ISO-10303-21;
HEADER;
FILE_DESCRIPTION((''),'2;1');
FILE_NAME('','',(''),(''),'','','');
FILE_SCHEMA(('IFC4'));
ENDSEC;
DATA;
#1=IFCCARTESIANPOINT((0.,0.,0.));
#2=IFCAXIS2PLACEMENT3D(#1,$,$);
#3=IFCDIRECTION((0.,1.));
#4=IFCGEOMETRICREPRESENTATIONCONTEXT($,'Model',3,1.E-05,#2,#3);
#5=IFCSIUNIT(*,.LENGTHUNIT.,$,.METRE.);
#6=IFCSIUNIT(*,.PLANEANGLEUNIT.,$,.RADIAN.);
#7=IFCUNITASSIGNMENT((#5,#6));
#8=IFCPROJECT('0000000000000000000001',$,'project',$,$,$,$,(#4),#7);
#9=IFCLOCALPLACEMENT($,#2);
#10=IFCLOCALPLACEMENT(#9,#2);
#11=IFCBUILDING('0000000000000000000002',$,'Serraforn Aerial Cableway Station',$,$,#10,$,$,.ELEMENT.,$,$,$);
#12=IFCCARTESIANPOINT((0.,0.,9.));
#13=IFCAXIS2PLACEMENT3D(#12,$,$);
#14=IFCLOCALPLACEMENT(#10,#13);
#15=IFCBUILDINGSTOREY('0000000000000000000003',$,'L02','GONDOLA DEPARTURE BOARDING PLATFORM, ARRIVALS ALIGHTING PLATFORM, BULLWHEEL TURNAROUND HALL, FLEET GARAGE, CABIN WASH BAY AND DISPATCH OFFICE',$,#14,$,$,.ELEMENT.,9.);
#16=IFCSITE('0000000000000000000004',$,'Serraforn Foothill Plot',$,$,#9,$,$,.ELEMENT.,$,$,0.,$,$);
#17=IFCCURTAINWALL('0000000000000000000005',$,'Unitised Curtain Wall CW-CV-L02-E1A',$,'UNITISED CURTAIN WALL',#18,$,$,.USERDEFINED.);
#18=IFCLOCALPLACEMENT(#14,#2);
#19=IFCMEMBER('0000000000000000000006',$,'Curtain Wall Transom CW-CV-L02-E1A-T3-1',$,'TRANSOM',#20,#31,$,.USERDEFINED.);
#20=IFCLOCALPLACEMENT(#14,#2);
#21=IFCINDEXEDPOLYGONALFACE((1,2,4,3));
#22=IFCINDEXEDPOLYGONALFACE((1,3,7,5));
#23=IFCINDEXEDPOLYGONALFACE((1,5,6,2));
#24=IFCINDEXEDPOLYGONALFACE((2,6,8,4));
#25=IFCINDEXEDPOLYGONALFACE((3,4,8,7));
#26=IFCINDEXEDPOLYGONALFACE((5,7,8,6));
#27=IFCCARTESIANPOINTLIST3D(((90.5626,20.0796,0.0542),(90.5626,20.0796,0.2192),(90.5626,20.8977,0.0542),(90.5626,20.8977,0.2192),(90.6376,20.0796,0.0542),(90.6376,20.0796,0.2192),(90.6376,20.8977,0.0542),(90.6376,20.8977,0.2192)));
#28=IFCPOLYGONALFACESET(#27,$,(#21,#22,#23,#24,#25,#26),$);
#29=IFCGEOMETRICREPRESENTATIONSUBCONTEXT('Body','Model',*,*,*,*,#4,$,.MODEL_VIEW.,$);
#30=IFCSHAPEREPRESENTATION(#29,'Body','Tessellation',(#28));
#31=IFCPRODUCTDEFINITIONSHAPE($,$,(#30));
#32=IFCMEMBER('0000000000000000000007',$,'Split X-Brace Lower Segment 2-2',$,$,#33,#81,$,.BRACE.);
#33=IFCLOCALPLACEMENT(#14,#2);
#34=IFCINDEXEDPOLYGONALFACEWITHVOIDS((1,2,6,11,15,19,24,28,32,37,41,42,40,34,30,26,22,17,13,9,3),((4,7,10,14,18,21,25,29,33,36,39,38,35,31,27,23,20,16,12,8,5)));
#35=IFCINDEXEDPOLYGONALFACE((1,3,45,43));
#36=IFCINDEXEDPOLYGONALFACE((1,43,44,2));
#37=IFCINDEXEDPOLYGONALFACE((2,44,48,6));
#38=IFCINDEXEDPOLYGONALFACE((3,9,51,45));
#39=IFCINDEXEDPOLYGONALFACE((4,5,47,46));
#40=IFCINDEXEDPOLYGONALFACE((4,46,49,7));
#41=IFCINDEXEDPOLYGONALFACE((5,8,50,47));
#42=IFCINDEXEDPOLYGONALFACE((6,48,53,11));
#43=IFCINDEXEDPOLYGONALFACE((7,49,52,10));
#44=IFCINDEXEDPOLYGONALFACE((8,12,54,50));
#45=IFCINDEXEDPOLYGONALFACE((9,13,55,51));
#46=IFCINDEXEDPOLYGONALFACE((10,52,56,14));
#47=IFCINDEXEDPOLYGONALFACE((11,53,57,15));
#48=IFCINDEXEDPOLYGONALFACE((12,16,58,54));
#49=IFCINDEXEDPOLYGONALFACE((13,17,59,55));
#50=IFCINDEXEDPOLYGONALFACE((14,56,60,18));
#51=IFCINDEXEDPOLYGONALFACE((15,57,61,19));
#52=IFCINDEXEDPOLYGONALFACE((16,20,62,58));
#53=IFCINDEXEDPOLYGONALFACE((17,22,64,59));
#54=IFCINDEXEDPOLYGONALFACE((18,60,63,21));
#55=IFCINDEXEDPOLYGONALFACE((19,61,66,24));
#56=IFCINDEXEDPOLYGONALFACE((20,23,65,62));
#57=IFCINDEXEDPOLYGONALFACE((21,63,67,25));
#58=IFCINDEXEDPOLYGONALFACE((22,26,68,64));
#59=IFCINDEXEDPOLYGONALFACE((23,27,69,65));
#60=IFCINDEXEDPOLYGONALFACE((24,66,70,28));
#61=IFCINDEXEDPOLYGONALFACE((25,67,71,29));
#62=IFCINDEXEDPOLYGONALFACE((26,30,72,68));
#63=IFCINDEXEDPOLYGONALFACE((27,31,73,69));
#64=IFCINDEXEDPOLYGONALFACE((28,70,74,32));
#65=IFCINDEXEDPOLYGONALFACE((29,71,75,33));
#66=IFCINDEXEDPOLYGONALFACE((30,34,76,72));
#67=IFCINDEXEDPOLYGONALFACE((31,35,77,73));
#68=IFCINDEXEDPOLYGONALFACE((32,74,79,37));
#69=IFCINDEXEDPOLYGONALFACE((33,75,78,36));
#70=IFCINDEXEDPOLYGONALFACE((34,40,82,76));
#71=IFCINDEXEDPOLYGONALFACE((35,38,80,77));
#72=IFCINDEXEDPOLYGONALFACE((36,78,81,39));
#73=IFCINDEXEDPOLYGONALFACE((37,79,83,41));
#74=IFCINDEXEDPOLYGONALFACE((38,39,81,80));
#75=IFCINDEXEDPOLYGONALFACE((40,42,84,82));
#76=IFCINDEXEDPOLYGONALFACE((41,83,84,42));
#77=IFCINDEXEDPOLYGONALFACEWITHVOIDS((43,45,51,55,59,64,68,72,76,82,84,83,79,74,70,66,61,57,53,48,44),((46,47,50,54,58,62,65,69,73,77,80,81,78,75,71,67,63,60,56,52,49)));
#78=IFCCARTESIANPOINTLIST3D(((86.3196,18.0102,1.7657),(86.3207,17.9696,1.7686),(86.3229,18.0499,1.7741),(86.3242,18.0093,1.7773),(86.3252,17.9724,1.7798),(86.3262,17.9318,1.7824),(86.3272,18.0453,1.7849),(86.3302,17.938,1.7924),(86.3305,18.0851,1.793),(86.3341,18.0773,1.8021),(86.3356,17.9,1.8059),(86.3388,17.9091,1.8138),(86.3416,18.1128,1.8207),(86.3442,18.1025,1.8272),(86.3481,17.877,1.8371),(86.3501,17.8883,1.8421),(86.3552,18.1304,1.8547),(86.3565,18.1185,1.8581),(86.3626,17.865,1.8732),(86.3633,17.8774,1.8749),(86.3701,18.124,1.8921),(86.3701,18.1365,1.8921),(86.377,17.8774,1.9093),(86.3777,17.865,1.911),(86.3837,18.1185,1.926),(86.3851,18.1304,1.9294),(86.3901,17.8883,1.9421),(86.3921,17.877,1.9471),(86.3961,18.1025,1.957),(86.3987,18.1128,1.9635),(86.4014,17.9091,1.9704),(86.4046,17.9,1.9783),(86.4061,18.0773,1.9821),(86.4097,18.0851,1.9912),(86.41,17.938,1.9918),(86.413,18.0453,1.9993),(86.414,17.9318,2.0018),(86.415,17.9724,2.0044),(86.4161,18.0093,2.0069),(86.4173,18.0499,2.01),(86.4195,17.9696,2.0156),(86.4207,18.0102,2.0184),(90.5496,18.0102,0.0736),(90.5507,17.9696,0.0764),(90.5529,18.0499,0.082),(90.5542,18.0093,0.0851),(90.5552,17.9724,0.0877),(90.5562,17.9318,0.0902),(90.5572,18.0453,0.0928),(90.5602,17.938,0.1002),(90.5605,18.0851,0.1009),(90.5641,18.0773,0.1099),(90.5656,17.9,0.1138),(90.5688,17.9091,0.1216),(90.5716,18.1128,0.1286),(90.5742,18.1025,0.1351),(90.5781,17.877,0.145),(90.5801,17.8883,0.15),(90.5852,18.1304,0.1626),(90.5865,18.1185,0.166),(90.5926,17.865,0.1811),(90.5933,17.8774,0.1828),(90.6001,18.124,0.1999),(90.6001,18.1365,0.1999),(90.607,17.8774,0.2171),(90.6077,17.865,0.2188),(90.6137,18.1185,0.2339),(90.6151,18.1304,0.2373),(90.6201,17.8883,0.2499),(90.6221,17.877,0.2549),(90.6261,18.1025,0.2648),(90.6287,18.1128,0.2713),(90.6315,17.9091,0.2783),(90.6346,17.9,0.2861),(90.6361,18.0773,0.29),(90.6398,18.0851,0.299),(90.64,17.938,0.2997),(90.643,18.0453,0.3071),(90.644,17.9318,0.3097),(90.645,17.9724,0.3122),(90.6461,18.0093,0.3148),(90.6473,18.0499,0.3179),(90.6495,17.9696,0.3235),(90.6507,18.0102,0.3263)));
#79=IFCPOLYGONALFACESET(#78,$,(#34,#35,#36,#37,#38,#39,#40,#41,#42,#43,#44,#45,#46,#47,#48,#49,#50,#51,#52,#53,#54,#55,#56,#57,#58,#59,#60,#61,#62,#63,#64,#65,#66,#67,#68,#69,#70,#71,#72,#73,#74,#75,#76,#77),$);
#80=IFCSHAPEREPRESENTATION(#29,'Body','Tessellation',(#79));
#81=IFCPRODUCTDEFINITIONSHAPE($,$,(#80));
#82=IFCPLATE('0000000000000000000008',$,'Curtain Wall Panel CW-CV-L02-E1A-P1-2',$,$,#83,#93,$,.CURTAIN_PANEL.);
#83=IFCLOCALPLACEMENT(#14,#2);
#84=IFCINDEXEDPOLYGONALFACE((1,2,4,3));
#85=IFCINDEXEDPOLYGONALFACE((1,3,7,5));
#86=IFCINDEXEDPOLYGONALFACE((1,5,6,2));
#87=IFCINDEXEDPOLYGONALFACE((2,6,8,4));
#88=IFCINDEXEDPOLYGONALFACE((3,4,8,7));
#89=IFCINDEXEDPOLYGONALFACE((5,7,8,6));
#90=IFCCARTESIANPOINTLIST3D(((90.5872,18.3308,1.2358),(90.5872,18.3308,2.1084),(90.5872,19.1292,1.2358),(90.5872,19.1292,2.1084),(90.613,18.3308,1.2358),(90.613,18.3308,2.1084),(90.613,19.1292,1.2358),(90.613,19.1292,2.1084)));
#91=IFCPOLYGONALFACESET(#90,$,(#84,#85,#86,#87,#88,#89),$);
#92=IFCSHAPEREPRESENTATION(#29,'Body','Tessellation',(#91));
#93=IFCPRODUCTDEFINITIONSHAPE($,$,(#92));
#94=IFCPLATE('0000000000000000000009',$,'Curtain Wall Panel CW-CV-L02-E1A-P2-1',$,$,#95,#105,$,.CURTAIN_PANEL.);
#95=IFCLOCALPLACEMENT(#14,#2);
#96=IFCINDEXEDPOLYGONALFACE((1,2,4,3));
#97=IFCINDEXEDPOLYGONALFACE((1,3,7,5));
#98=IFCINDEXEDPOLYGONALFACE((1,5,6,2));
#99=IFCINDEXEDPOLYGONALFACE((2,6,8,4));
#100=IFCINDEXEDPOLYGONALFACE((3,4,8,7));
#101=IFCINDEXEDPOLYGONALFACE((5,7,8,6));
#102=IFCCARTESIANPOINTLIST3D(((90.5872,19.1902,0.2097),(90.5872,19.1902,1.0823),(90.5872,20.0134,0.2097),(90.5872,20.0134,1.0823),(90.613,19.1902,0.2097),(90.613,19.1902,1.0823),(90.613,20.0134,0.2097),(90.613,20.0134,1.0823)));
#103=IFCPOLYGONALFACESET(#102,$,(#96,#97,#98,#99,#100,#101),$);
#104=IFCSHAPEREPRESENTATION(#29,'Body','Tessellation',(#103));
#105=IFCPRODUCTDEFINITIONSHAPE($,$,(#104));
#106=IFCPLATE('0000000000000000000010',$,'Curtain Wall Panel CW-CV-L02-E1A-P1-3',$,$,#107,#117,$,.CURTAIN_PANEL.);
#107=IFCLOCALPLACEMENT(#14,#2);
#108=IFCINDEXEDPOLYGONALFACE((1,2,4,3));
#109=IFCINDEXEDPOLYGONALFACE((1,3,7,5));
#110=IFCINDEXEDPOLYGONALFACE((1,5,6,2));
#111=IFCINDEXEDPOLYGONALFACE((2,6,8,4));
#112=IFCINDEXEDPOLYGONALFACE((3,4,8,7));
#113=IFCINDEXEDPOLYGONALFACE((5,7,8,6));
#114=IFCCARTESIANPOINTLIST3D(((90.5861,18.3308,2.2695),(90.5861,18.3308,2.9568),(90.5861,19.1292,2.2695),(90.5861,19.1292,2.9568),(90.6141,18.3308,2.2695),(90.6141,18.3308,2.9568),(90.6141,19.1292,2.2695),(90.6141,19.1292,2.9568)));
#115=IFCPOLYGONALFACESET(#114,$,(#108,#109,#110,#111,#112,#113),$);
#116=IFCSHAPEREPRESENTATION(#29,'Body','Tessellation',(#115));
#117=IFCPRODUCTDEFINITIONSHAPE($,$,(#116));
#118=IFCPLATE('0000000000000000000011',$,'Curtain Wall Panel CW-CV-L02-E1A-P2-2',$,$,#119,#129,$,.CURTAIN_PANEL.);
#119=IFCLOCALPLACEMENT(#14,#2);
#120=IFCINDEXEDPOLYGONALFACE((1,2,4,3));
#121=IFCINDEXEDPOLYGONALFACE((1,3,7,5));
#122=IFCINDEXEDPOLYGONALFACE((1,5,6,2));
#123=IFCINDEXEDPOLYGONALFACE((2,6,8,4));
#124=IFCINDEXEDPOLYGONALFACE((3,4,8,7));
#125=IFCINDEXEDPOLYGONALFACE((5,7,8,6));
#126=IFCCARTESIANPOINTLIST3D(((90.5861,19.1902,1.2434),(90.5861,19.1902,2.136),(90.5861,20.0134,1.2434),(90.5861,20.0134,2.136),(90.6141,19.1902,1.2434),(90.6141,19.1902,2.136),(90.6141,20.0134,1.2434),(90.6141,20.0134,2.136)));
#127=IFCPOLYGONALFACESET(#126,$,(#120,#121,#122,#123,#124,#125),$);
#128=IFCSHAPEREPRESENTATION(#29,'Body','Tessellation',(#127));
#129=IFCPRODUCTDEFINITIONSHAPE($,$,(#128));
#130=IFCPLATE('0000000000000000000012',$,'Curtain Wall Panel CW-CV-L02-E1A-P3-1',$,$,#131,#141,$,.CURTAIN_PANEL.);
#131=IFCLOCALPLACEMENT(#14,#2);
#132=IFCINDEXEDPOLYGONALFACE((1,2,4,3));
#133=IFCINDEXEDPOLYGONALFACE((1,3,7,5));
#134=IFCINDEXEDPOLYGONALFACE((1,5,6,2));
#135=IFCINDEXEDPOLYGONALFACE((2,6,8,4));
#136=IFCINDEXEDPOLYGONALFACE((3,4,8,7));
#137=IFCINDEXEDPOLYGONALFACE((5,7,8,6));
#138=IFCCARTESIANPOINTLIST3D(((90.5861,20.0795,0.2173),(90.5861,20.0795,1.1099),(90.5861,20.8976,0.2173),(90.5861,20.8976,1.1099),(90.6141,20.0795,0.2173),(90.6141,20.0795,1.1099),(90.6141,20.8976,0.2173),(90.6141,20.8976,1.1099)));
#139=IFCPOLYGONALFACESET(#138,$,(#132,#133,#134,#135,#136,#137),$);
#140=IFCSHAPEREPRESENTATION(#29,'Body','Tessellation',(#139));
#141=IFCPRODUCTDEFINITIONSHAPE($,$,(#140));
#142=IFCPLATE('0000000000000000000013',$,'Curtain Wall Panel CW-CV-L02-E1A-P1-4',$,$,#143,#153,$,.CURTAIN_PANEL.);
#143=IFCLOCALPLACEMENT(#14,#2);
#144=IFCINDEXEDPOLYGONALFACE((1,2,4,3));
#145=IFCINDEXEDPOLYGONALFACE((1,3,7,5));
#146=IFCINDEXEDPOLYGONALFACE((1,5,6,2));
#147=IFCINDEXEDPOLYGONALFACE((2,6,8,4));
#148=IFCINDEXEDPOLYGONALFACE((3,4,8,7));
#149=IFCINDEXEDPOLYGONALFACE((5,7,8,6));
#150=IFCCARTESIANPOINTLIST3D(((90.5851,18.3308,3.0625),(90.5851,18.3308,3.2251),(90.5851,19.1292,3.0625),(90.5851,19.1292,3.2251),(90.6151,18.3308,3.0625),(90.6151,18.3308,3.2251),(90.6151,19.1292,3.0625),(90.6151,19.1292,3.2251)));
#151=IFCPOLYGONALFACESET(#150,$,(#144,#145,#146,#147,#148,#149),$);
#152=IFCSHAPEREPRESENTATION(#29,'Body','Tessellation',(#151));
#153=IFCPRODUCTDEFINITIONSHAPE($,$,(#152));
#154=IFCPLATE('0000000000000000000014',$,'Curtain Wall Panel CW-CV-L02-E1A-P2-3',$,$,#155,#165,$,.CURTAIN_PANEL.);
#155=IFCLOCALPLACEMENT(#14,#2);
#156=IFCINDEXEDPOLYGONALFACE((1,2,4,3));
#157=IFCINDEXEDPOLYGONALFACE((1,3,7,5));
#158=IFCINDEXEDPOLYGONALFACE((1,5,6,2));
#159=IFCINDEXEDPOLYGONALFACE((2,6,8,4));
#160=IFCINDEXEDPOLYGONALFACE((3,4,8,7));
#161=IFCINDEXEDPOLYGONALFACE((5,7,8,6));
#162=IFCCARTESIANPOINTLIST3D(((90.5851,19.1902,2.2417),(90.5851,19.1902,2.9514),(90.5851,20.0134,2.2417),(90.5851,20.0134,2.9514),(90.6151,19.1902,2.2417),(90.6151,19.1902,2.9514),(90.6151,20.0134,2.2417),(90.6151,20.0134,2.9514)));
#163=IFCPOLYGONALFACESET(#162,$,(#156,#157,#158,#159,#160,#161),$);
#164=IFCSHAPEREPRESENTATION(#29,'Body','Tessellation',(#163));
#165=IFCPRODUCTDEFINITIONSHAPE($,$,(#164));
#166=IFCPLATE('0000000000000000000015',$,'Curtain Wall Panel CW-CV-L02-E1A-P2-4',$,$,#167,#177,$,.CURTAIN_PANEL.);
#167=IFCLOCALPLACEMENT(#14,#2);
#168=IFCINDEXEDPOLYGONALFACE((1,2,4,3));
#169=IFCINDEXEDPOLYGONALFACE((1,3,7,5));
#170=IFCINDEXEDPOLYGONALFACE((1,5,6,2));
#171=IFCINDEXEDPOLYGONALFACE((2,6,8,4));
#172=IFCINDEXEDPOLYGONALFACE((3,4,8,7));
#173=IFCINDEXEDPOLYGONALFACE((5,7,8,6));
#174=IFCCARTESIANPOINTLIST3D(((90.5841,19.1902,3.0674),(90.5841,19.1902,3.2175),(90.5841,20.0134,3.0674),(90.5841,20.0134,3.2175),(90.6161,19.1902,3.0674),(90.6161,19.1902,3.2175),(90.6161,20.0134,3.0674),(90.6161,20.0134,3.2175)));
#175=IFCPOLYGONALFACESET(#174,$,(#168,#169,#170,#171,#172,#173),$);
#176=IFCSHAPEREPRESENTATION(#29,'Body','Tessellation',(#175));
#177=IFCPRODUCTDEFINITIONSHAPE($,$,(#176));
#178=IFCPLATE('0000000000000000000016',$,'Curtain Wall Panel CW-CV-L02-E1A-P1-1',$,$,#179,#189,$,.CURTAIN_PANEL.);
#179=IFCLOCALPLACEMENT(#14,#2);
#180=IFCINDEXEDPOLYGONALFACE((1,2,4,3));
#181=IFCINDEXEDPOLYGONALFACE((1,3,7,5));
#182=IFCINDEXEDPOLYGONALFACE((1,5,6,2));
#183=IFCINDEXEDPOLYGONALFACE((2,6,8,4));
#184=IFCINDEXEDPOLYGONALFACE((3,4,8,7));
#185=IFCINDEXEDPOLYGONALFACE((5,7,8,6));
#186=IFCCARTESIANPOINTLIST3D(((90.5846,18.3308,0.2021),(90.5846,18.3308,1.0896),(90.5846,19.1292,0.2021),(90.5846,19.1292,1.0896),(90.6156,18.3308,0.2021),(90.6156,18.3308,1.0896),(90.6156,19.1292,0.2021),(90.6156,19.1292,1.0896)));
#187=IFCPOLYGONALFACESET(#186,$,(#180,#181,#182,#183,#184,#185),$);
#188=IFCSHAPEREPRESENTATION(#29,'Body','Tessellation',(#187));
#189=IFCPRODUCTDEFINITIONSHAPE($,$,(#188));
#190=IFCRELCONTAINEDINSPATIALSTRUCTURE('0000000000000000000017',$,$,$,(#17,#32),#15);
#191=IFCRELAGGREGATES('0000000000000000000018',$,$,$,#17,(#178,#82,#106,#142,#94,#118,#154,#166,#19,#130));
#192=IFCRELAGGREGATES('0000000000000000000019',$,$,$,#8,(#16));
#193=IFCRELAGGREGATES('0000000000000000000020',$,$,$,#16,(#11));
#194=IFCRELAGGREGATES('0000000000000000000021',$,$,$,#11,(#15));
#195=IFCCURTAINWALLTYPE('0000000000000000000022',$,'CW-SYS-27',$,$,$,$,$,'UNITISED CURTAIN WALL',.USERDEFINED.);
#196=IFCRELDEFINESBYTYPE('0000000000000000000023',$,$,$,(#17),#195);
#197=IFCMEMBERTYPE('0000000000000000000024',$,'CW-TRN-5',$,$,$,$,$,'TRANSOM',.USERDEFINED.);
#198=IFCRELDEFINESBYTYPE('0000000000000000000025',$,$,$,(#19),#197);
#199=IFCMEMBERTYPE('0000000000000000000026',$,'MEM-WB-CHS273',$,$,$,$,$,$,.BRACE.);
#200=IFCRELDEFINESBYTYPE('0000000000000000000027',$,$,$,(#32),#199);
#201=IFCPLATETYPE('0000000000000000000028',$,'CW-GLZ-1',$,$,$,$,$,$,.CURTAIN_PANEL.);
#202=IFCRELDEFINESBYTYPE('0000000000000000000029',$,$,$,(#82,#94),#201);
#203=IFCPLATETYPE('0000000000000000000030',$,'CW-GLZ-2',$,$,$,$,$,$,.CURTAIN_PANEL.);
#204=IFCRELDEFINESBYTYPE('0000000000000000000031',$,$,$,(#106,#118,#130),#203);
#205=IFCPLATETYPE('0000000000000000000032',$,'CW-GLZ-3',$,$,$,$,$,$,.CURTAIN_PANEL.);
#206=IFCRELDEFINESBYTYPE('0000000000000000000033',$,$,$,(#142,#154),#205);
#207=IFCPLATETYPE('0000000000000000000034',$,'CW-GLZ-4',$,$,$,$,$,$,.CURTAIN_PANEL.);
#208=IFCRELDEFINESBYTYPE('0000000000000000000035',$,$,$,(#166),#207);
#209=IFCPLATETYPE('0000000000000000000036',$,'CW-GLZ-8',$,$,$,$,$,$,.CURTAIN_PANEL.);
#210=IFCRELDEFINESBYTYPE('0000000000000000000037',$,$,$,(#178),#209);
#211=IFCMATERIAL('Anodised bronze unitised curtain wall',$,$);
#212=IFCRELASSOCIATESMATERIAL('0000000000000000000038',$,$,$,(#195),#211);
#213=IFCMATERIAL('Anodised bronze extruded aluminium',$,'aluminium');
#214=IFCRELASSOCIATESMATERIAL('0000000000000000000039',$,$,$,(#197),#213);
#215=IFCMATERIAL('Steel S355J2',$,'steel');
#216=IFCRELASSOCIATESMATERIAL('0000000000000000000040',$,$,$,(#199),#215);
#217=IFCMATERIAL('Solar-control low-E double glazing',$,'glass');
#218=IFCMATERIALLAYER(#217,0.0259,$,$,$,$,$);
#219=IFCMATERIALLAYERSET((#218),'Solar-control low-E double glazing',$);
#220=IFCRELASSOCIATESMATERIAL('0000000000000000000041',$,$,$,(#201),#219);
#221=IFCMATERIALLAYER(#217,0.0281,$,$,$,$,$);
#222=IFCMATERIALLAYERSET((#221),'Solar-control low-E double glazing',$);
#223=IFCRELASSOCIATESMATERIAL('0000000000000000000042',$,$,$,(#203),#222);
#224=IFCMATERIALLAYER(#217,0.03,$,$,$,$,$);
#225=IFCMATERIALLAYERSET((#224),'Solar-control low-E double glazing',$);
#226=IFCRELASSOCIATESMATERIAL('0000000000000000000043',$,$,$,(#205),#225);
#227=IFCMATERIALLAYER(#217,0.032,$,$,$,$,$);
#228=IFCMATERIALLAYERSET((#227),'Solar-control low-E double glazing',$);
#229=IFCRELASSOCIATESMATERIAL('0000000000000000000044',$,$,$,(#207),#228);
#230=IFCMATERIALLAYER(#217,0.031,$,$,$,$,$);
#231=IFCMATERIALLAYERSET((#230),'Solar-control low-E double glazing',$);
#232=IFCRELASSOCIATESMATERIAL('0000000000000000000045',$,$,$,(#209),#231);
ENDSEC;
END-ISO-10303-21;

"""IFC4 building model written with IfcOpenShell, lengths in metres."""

from ifc_helpers import new_model, si_unit, direction, frame, origin, origin_2d, place, context, subcontext, project, spatial, rectangle, hollow_circle, extrude, material, layer, layer_set, material_profile, profile_set, type_object, element, aggregate, save


model = new_model("IFC4")

# Units and contexts
model_context = context("Model", 3, precision=1e-05, world=origin(), true_north=direction((0.0, 1.0)))
body_context = subcontext(model_context, "Body", "Model", "MODEL_VIEW")
ifc_project = project(units=[si_unit("LENGTHUNIT", "METRE"), si_unit("PLANEANGLEUNIT", "RADIAN")], contexts=[model_context])

# Site, building, storey
site_placement = place(None, origin())
site = spatial("IfcSite", under=ifc_project, at=site_placement, Name="Serraforn Foothill Plot", CompositionType="ELEMENT", RefElevation=0.0)
building_placement = place(site_placement, origin())
building = spatial("IfcBuilding", under=site, at=building_placement, Name="Serraforn Aerial Cableway Station", CompositionType="ELEMENT")
storey_placement = place(building_placement, frame((0.0, 0.0, 9.0)))
storey = spatial("IfcBuildingStorey", under=building, at=storey_placement, Name="L02", Description="GONDOLA DEPARTURE BOARDING PLATFORM, ARRIVALS ALIGHTING PLATFORM, BULLWHEEL TURNAROUND HALL, FLEET GARAGE, CABIN WASH BAY AND DISPATCH OFFICE", CompositionType="ELEMENT", Elevation=9.0)

# Shared definitions
ifc_material_1 = material(Name="Steel S355J2", Category="steel")

# Curtain wall, member
ifc_material_2 = material(Name="Anodised bronze unitised curtain wall")
curtain_wall_type = type_object("IfcCurtainWallType", Name="CW-SYS-27", ElementType="UNITISED CURTAIN WALL", PredefinedType="USERDEFINED", material=ifc_material_2)
curtain_wall_placement = place(storey_placement, origin())
curtain_wall = element("IfcCurtainWall", 1, at=curtain_wall_placement, inside=storey, type_object=curtain_wall_type, Name="Unitised Curtain Wall CW-CV-L02-E1A", ObjectType="UNITISED CURTAIN WALL", PredefinedType="USERDEFINED")
ifc_material_3 = material(Name="Anodised bronze extruded aluminium", Category="aluminium")
ifc_material_profile_1 = material_profile(ifc_material_3, rectangle(XDim=0.075, YDim=0.165, at=origin_2d()), Name="CW TRANSOM 75x165")
ifc_profile_set_1 = profile_set([ifc_material_profile_1], Name="Anodised bronze extruded aluminium")
member_type_1 = type_object("IfcMemberType", Name="CW-TRN-5", ElementType="TRANSOM", PredefinedType="USERDEFINED", material=ifc_profile_set_1)
member_1_placement = place(storey_placement, frame((90.6001, 20.0796, 0.1367), z_axis=(0.0, 1.0, 0.0), x_axis=(-1.0, 0.0, 0.0)))
member_1 = element("IfcMember", 2, at=member_1_placement, type_object=member_type_1, Name="Curtain Wall Transom CW-CV-L02-E1A-T3-1", ObjectType="TRANSOM", PredefinedType="USERDEFINED", context=body_context, shape_type="SweptSolid", body=[
    extrude(rectangle(XDim=0.075, YDim=0.165, at=origin_2d()), origin(), (0.0, 0.0, 1.0), 0.8181),
])

# Member
ifc_material_profile_2 = material_profile(ifc_material_1, hollow_circle(Radius=0.1365, WallThickness=0.0125, at=origin_2d()), Name="CHS 273.0x12.5")
ifc_profile_set_2 = profile_set([ifc_material_profile_2], Name="Steel S355J2")
member_type_2 = type_object("IfcMemberType", Name="MEM-WB-CHS273", PredefinedType="BRACE", material=ifc_profile_set_2)
member_2_placement = place(storey_placement, frame((86.3701, 18.0, 1.8921), z_axis=(0.928466, 0.0, -0.371418), x_axis=(0.0, 1.0, 0.0)))
element("IfcMember", 3, at=member_2_placement, inside=storey, type_object=member_type_2, Name="Split X-Brace Lower Segment 2-2", PredefinedType="BRACE", context=body_context, shape_type="SweptSolid", body=[
    extrude(hollow_circle(Radius=0.1365, WallThickness=0.0125, at=origin_2d()), origin(), (0.0, 0.0, 1.0), 4.5559),
])

# Plates
ifc_material_4 = material(Name="Solar-control low-E double glazing", Category="glass")
ifc_layer_1 = layer(ifc_material_4, 0.0259)
ifc_layer_set_1 = layer_set([ifc_layer_1], Name="Solar-control low-E double glazing")
plate_type_1 = type_object("IfcPlateType", Name="CW-GLZ-1", PredefinedType="CURTAIN_PANEL", material=ifc_layer_set_1)
plate_1_placement = place(storey_placement, frame((90.6001, 18.73, 1.2358), z_axis=(0.0, 0.0, 1.0), x_axis=(1.0, 0.0, 0.0)))
plate_1 = element("IfcPlate", 4, at=plate_1_placement, type_object=plate_type_1, Name="Curtain Wall Panel CW-CV-L02-E1A-P1-2", PredefinedType="CURTAIN_PANEL", context=body_context, shape_type="SweptSolid", body=[
    extrude(rectangle(XDim=0.0259, YDim=0.7983, at=origin_2d()), origin(), (0.0, 0.0, 1.0), 0.8726),
])
plate_2_placement = place(storey_placement, frame((90.6001, 19.6018, 0.2097), z_axis=(0.0, 0.0, 1.0), x_axis=(1.0, 0.0, 0.0)))
plate_2 = element("IfcPlate", 5, at=plate_2_placement, type_object=plate_type_1, Name="Curtain Wall Panel CW-CV-L02-E1A-P2-1", PredefinedType="CURTAIN_PANEL", context=body_context, shape_type="SweptSolid", body=[
    extrude(rectangle(XDim=0.0259, YDim=0.8232, at=origin_2d()), origin(), (0.0, 0.0, 1.0), 0.8726),
])
ifc_layer_2 = layer(ifc_material_4, 0.0281)
ifc_layer_set_2 = layer_set([ifc_layer_2], Name="Solar-control low-E double glazing")
plate_type_2 = type_object("IfcPlateType", Name="CW-GLZ-2", PredefinedType="CURTAIN_PANEL", material=ifc_layer_set_2)
plate_3_placement = place(storey_placement, frame((90.6001, 18.73, 2.2695), z_axis=(0.0, 0.0, 1.0), x_axis=(1.0, 0.0, 0.0)))
plate_3 = element("IfcPlate", 6, at=plate_3_placement, type_object=plate_type_2, Name="Curtain Wall Panel CW-CV-L02-E1A-P1-3", PredefinedType="CURTAIN_PANEL", context=body_context, shape_type="SweptSolid", body=[
    extrude(rectangle(XDim=0.0281, YDim=0.7983, at=origin_2d()), origin(), (0.0, 0.0, 1.0), 0.6873),
])
plate_4_placement = place(storey_placement, frame((90.6001, 19.6018, 1.2434), z_axis=(0.0, 0.0, 1.0), x_axis=(1.0, 0.0, 0.0)))
plate_4 = element("IfcPlate", 7, at=plate_4_placement, type_object=plate_type_2, Name="Curtain Wall Panel CW-CV-L02-E1A-P2-2", PredefinedType="CURTAIN_PANEL", context=body_context, shape_type="SweptSolid", body=[
    extrude(rectangle(XDim=0.0281, YDim=0.8232, at=origin_2d()), origin(), (0.0, 0.0, 1.0), 0.8926),
])
plate_5_placement = place(storey_placement, frame((90.6001, 20.4885, 0.2173), z_axis=(0.0, 0.0, 1.0), x_axis=(1.0, 0.0, 0.0)))
plate_5 = element("IfcPlate", 8, at=plate_5_placement, type_object=plate_type_2, Name="Curtain Wall Panel CW-CV-L02-E1A-P3-1", PredefinedType="CURTAIN_PANEL", context=body_context, shape_type="SweptSolid", body=[
    extrude(rectangle(XDim=0.0281, YDim=0.8181, at=origin_2d()), origin(), (0.0, 0.0, 1.0), 0.8926),
])
ifc_layer_3 = layer(ifc_material_4, 0.03)
ifc_layer_set_3 = layer_set([ifc_layer_3], Name="Solar-control low-E double glazing")
plate_type_3 = type_object("IfcPlateType", Name="CW-GLZ-3", PredefinedType="CURTAIN_PANEL", material=ifc_layer_set_3)
plate_6_placement = place(storey_placement, frame((90.6001, 18.73, 3.0625), z_axis=(0.0, 0.0, 1.0), x_axis=(1.0, 0.0, 0.0)))
plate_6 = element("IfcPlate", 9, at=plate_6_placement, type_object=plate_type_3, Name="Curtain Wall Panel CW-CV-L02-E1A-P1-4", PredefinedType="CURTAIN_PANEL", context=body_context, shape_type="SweptSolid", body=[
    extrude(rectangle(XDim=0.03, YDim=0.7983, at=origin_2d()), origin(), (0.0, 0.0, 1.0), 0.1626),
])
plate_7_placement = place(storey_placement, frame((90.6001, 19.6018, 2.2417), z_axis=(0.0, 0.0, 1.0), x_axis=(1.0, 0.0, 0.0)))
plate_7 = element("IfcPlate", 10, at=plate_7_placement, type_object=plate_type_3, Name="Curtain Wall Panel CW-CV-L02-E1A-P2-3", PredefinedType="CURTAIN_PANEL", context=body_context, shape_type="SweptSolid", body=[
    extrude(rectangle(XDim=0.03, YDim=0.8232, at=origin_2d()), origin(), (0.0, 0.0, 1.0), 0.7097),
])
ifc_layer_4 = layer(ifc_material_4, 0.032)
ifc_layer_set_4 = layer_set([ifc_layer_4], Name="Solar-control low-E double glazing")
plate_type_4 = type_object("IfcPlateType", Name="CW-GLZ-4", PredefinedType="CURTAIN_PANEL", material=ifc_layer_set_4)
plate_8_placement = place(storey_placement, frame((90.6001, 19.6018, 3.0674), z_axis=(0.0, 0.0, 1.0), x_axis=(1.0, 0.0, 0.0)))
plate_8 = element("IfcPlate", 11, at=plate_8_placement, type_object=plate_type_4, Name="Curtain Wall Panel CW-CV-L02-E1A-P2-4", PredefinedType="CURTAIN_PANEL", context=body_context, shape_type="SweptSolid", body=[
    extrude(rectangle(XDim=0.032, YDim=0.8232, at=origin_2d()), origin(), (0.0, 0.0, 1.0), 0.1501),
])
ifc_layer_5 = layer(ifc_material_4, 0.031)
ifc_layer_set_5 = layer_set([ifc_layer_5], Name="Solar-control low-E double glazing")
plate_type_5 = type_object("IfcPlateType", Name="CW-GLZ-8", PredefinedType="CURTAIN_PANEL", material=ifc_layer_set_5)
plate_9_placement = place(storey_placement, frame((90.6001, 18.73, 0.2021), z_axis=(0.0, 0.0, 1.0), x_axis=(1.0, 0.0, 0.0)))
plate_9 = element("IfcPlate", 12, at=plate_9_placement, type_object=plate_type_5, Name="Curtain Wall Panel CW-CV-L02-E1A-P1-1", PredefinedType="CURTAIN_PANEL", context=body_context, shape_type="SweptSolid", body=[
    extrude(rectangle(XDim=0.031, YDim=0.7983, at=origin_2d()), origin(), (0.0, 0.0, 1.0), 0.8875),
])
aggregate(curtain_wall, [plate_9, plate_1, plate_3, plate_6, plate_2, plate_4, plate_7, plate_8, member_1, plate_5])

save(model, "model.ifc")
